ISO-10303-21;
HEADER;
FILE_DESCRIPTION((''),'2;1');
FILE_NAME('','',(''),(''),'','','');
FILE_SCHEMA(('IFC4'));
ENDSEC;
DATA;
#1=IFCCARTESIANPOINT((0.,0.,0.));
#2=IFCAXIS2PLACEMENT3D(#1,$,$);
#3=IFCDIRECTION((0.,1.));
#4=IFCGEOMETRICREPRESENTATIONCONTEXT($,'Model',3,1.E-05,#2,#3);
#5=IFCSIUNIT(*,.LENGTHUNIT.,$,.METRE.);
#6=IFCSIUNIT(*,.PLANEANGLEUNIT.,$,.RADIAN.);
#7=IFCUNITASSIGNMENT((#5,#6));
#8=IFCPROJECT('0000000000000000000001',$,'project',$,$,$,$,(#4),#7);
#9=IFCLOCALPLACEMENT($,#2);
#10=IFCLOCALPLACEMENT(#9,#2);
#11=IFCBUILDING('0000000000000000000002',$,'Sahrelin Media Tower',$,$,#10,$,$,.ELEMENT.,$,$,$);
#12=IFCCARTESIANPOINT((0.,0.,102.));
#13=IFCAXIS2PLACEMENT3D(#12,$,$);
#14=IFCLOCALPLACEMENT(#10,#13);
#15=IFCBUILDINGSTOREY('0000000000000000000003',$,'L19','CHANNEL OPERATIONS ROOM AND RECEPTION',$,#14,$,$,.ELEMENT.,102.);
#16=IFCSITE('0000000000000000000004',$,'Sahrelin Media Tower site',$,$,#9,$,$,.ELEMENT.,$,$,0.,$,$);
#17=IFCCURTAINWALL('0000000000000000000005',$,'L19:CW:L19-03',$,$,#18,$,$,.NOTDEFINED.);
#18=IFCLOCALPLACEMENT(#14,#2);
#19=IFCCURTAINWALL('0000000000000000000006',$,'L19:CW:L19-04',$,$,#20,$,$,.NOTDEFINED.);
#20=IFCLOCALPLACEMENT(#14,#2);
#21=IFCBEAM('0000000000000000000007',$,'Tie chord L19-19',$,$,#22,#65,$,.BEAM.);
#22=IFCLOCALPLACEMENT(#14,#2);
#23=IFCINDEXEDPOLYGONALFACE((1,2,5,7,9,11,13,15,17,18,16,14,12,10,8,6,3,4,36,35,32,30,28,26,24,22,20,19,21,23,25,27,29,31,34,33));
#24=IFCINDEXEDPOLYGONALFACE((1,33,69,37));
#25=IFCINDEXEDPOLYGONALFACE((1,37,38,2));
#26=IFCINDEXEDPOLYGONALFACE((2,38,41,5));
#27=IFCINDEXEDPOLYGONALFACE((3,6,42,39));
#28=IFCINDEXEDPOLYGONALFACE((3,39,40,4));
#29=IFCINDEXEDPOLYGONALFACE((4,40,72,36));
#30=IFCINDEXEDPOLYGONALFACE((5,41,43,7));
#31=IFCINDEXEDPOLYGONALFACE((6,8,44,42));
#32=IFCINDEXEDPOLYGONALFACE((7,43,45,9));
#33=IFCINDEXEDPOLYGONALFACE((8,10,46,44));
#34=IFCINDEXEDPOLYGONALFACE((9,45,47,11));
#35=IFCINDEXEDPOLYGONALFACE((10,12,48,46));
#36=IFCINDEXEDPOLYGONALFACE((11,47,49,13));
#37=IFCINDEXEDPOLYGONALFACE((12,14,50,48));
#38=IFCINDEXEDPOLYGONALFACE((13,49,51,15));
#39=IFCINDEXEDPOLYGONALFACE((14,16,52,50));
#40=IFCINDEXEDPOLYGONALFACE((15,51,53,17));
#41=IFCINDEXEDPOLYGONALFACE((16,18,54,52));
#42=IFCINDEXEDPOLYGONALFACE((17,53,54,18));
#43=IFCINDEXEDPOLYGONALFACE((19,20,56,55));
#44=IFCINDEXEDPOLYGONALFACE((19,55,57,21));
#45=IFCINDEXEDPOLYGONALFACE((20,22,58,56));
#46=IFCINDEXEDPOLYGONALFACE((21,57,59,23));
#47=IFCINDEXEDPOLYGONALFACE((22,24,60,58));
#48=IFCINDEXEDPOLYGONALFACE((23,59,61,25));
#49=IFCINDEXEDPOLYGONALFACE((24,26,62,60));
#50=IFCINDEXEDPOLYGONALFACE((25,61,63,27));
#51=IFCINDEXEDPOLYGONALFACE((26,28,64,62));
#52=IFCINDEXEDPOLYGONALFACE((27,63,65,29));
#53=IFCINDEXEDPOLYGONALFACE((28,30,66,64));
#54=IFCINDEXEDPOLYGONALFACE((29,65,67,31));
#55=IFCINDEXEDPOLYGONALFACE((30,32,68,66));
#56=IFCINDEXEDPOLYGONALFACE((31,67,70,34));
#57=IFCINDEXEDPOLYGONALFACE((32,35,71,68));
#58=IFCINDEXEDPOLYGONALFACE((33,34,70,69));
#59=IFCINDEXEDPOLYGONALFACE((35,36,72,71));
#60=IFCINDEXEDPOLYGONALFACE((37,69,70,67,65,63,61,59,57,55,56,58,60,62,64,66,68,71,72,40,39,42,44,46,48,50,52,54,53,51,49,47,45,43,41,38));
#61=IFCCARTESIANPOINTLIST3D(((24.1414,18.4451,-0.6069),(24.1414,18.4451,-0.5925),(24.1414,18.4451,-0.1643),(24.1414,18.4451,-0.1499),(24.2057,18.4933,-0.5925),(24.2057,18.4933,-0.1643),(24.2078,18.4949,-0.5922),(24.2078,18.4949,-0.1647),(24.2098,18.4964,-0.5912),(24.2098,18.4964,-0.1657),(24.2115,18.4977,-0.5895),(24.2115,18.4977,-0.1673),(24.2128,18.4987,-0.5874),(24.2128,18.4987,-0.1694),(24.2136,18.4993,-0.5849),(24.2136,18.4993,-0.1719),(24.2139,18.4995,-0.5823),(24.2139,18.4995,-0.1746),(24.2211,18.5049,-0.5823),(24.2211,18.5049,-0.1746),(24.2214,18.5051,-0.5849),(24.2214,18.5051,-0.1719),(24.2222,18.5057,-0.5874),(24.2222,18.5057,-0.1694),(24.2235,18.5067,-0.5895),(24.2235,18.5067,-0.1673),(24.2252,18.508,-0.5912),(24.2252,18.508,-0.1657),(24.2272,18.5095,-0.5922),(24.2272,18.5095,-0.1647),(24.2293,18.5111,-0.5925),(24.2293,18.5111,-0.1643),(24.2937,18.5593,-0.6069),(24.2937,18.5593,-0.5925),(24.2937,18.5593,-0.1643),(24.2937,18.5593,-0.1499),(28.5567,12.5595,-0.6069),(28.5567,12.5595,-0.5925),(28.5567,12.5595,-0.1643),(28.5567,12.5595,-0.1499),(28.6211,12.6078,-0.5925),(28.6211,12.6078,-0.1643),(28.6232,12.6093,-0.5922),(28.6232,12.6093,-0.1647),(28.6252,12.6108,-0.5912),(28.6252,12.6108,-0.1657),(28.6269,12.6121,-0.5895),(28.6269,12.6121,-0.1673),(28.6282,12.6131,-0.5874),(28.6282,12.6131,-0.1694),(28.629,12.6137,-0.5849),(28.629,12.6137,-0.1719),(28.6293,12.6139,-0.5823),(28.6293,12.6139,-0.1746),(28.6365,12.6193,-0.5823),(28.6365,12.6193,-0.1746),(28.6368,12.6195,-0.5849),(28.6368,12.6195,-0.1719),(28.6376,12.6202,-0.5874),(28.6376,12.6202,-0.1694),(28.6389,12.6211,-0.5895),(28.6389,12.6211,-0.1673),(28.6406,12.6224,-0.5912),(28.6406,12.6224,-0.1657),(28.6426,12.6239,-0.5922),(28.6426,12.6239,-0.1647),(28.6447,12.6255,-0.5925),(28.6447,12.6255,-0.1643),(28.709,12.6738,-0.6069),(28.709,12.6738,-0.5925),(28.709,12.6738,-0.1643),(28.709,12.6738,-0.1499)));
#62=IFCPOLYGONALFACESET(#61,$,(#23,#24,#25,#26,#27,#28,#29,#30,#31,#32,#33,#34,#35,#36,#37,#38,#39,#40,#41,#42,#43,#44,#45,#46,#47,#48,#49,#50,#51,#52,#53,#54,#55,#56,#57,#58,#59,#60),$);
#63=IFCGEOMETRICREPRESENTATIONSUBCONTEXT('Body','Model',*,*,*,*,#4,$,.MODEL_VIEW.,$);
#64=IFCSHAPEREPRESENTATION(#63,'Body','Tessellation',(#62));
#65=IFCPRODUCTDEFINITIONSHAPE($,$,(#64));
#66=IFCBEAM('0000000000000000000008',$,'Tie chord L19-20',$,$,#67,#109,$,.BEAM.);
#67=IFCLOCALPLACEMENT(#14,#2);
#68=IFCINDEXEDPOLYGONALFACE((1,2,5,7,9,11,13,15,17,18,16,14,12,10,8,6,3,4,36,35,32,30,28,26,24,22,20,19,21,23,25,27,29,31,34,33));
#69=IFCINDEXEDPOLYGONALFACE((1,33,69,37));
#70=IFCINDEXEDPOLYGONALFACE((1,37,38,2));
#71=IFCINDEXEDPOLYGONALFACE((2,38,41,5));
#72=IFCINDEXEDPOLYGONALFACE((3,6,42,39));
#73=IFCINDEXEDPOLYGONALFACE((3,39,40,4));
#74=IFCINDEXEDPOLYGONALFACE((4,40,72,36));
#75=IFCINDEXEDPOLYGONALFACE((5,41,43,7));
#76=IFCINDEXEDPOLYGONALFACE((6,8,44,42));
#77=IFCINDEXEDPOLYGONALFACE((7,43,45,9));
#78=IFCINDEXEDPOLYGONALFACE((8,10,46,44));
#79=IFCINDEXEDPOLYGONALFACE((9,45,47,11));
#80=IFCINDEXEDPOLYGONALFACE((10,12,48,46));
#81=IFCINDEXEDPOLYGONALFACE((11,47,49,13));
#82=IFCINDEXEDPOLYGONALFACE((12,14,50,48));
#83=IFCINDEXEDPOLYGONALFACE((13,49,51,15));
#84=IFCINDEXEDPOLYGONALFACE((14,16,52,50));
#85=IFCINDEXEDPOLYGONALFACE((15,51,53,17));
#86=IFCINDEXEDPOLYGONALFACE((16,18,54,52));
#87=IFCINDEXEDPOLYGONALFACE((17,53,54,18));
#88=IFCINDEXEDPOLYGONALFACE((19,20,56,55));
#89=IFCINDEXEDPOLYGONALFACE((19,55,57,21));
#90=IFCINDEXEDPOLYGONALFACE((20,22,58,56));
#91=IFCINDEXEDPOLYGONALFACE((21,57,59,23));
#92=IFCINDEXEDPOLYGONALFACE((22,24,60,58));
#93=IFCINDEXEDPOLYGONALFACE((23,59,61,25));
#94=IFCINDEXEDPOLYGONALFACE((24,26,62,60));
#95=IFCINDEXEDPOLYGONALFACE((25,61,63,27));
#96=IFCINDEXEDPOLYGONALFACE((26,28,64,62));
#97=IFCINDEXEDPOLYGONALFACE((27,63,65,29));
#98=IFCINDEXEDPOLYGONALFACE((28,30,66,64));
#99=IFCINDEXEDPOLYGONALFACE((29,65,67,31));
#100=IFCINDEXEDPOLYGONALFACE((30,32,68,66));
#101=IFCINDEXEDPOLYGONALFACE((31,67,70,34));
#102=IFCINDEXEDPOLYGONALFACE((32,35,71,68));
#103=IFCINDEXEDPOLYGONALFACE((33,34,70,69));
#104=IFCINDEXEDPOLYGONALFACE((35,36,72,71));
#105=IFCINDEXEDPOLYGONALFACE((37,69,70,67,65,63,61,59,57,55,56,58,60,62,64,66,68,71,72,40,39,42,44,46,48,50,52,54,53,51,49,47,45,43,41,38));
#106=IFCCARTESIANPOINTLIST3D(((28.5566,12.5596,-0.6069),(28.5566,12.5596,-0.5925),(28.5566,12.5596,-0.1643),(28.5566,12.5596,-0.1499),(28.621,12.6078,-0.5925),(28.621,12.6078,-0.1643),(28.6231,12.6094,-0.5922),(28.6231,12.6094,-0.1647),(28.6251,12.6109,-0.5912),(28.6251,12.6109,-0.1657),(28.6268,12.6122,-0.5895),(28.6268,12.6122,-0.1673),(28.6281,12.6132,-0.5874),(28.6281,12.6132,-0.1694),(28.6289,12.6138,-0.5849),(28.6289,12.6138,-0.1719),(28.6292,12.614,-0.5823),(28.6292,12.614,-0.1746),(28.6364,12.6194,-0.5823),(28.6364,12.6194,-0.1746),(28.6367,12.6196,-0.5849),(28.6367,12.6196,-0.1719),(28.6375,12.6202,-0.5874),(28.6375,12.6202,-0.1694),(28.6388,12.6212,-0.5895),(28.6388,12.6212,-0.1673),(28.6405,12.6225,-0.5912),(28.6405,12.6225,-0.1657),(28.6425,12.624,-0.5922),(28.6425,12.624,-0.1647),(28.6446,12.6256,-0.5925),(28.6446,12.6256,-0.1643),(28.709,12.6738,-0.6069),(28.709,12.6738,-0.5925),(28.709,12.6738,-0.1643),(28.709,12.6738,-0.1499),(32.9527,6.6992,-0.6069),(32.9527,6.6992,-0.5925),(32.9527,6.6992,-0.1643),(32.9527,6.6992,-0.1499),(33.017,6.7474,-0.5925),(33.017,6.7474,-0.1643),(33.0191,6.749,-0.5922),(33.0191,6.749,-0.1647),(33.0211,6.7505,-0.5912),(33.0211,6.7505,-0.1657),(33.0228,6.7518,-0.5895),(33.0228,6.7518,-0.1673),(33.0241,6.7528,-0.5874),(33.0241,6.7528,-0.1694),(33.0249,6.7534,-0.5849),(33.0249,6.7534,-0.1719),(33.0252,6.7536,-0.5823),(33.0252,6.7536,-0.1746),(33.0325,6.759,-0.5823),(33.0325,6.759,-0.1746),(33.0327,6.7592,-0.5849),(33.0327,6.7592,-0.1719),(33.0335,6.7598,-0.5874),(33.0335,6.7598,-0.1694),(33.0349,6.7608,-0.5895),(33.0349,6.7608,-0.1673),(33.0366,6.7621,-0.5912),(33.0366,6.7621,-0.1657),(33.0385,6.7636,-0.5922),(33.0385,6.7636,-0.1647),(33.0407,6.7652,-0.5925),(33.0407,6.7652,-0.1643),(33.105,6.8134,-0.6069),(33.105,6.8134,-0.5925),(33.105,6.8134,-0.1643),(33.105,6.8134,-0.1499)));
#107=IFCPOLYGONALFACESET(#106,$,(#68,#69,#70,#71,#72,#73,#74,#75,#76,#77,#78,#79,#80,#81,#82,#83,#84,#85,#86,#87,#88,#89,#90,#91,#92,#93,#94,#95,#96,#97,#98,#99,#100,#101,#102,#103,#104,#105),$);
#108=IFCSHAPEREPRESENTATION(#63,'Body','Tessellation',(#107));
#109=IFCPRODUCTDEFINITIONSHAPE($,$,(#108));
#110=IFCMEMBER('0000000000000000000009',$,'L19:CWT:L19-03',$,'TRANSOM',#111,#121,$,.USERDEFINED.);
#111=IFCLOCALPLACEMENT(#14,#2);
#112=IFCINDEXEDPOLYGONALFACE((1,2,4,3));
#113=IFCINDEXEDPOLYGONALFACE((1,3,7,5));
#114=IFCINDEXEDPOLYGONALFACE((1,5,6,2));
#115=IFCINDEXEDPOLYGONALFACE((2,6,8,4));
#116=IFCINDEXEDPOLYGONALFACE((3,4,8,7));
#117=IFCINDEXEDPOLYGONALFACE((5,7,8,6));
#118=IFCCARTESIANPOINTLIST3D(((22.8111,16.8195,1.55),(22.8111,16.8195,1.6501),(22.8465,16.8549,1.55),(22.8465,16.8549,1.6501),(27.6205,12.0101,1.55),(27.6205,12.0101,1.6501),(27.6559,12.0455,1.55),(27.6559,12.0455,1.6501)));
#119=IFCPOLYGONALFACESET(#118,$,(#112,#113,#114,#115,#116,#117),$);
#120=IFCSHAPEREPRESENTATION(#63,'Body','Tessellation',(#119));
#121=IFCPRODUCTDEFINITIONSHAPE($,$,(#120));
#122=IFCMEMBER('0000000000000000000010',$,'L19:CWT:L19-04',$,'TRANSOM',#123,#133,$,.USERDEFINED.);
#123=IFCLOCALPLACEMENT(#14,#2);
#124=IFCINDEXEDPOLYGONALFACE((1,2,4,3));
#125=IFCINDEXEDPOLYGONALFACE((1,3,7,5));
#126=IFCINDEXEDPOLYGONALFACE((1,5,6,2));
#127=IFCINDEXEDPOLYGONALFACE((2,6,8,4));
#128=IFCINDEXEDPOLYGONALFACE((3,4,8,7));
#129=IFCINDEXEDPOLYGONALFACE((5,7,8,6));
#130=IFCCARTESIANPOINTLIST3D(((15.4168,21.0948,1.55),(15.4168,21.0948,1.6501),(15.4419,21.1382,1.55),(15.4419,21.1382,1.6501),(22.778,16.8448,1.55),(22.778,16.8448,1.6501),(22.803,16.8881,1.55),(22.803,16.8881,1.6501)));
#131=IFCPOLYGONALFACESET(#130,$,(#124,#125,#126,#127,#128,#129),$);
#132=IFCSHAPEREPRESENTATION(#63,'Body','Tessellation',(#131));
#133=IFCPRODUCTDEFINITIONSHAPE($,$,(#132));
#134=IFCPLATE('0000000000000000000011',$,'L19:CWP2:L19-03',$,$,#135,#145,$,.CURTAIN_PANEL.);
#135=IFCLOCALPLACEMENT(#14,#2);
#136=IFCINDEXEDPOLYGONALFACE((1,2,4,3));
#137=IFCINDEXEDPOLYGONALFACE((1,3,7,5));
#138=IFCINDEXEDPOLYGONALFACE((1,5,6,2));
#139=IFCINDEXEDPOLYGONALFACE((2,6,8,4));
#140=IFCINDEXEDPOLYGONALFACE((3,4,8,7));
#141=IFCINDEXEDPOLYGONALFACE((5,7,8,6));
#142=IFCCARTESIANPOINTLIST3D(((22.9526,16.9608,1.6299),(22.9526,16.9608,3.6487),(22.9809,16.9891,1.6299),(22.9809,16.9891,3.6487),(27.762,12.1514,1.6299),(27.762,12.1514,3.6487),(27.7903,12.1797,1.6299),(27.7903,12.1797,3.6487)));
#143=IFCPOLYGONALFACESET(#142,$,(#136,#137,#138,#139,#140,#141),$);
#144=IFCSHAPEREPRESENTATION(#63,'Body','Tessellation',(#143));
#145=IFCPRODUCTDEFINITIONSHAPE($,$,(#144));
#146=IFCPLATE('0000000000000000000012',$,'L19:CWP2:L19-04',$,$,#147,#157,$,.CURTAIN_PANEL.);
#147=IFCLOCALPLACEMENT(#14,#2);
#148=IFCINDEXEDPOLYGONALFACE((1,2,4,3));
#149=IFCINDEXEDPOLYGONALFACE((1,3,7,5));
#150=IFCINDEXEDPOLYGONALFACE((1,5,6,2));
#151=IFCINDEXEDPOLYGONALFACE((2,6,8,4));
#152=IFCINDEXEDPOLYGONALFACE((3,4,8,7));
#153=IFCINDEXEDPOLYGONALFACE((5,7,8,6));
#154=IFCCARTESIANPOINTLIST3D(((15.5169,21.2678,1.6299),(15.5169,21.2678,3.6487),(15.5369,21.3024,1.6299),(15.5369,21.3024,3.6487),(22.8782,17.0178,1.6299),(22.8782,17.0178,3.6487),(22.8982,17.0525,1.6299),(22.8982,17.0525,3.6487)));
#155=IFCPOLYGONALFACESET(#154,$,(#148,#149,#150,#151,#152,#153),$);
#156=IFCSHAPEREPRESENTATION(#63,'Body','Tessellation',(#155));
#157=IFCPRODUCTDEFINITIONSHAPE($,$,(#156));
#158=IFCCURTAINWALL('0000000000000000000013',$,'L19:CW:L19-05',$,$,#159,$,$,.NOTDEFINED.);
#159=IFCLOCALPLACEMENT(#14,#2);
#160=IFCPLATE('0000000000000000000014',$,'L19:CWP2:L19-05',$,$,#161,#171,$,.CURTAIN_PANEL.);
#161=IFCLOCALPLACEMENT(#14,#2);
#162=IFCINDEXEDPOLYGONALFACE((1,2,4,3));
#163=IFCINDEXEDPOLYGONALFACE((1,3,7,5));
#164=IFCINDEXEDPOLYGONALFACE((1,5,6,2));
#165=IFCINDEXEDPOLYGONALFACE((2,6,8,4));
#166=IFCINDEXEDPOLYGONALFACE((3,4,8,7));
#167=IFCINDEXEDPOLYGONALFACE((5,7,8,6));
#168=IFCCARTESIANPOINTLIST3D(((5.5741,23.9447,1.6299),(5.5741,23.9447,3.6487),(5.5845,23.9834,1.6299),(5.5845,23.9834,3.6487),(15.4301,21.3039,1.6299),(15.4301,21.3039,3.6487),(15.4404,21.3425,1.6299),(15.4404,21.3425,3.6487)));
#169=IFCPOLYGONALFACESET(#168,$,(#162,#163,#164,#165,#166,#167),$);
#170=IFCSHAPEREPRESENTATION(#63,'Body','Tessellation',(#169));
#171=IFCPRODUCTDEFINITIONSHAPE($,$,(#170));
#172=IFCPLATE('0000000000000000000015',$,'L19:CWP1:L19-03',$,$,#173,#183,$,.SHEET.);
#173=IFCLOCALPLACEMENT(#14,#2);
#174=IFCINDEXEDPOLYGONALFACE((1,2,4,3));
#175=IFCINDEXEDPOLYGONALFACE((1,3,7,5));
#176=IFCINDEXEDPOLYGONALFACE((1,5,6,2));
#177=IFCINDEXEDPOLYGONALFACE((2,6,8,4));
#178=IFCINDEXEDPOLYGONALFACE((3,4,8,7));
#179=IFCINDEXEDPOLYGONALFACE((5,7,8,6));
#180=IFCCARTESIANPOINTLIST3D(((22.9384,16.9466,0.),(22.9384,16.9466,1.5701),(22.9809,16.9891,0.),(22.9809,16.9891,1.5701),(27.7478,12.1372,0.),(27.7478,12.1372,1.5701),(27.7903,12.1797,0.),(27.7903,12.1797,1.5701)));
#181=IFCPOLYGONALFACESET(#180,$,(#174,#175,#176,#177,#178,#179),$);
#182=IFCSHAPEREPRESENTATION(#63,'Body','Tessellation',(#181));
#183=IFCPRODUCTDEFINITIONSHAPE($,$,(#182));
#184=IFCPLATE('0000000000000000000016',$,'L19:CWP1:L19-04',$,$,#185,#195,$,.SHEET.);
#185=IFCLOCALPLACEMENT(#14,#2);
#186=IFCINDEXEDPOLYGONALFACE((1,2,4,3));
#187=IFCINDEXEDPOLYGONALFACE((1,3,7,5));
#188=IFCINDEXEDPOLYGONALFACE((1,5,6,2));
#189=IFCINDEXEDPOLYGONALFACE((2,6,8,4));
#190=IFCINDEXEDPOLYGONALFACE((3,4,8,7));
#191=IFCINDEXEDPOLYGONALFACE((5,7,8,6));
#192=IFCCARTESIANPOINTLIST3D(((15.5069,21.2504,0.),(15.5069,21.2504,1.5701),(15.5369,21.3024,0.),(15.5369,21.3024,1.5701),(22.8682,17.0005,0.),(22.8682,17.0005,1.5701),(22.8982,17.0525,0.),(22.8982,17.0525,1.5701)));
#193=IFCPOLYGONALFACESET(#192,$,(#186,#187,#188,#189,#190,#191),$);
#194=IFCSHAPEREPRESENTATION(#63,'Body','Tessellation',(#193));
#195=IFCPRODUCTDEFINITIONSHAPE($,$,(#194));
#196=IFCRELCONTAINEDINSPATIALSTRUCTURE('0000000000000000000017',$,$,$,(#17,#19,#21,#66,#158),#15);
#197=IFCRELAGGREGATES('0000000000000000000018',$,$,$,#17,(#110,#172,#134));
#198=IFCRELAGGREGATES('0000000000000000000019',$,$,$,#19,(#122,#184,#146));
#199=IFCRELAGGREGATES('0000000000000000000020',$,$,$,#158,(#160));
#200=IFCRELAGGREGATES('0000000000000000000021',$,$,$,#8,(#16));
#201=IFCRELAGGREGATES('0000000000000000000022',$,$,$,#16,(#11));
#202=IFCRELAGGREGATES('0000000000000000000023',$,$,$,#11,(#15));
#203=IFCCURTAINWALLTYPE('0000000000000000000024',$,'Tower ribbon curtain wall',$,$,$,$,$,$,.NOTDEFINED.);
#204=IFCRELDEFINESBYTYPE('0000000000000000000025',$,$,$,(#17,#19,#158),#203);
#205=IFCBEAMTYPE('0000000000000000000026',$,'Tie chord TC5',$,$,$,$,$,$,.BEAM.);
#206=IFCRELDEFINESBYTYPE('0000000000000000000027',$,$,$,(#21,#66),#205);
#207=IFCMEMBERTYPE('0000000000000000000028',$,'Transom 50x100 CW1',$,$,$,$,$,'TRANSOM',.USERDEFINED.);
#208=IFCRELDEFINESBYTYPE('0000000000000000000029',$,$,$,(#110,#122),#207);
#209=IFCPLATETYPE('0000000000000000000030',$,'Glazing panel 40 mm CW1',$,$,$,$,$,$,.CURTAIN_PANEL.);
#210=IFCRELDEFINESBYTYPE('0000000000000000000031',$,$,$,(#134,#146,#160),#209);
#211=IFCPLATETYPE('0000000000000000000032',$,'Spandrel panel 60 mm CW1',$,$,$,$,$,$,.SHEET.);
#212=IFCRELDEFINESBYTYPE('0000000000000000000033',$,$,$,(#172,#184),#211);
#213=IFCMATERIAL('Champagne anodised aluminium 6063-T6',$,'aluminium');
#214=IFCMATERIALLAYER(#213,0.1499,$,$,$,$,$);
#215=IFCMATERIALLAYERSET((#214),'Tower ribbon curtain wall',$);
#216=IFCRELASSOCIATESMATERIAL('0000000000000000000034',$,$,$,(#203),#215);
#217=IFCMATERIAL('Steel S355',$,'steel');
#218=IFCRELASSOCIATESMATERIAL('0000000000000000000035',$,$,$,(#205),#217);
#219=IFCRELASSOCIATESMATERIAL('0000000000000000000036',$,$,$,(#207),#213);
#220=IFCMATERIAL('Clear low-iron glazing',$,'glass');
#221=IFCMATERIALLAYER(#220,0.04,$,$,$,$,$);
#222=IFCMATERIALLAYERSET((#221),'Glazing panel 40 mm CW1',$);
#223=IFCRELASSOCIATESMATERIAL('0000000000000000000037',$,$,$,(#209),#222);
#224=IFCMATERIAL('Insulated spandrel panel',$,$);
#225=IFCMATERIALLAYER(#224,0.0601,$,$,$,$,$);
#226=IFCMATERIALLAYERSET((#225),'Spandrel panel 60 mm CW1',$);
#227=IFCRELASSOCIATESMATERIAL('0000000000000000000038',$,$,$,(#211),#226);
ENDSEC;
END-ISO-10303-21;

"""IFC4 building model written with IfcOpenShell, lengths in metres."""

from ifc_helpers import new_model, si_unit, direction, frame, origin, origin_2d, place, context, subcontext, project, spatial, polyline, rectangle, i_section, outline, extrude, material, layer, layer_set, material_profile, profile_set, type_object, element, aggregate, save


model = new_model("IFC4")

# Units and contexts
model_context = context("Model", 3, precision=1e-05, world=origin(), true_north=direction((0.0, 1.0)))
body_context = subcontext(model_context, "Body", "Model", "MODEL_VIEW")
ifc_project = project(units=[si_unit("LENGTHUNIT", "METRE"), si_unit("PLANEANGLEUNIT", "RADIAN")], contexts=[model_context])

# Site, building, storey
site_placement = place(None, origin())
site = spatial("IfcSite", under=ifc_project, at=site_placement, Name="Sahrelin Media Tower site", CompositionType="ELEMENT", RefElevation=0.0)
building_placement = place(site_placement, origin())
building = spatial("IfcBuilding", under=site, at=building_placement, Name="Sahrelin Media Tower", CompositionType="ELEMENT")
storey_placement = place(building_placement, frame((0.0, 0.0, 102.0)))
storey = spatial("IfcBuildingStorey", under=building, at=storey_placement, Name="L19", Description="CHANNEL OPERATIONS ROOM AND RECEPTION", CompositionType="ELEMENT", Elevation=102.0)

# Shared definitions
ifc_material_1 = material(Name="Steel S355", Category="steel")

# Curtain walls
ifc_material_2 = material(Name="Champagne anodised aluminium 6063-T6", Category="aluminium")
ifc_layer_1 = layer(ifc_material_2, 0.1499)
ifc_layer_set_1 = layer_set([ifc_layer_1], Name="Tower ribbon curtain wall")
curtain_wall_type = type_object("IfcCurtainWallType", Name="Tower ribbon curtain wall", PredefinedType="NOTDEFINED", material=ifc_layer_set_1)
curtain_wall_1_placement = place(storey_placement, frame((25.3713, 14.5703, 0.0), z_axis=(0.0, 0.0, 1.0), x_axis=(1.0, 0.0, 0.0)))
curtain_wall_1 = element("IfcCurtainWall", 1, at=curtain_wall_1_placement, inside=storey, type_object=curtain_wall_type, Name="L19:CW:L19-03", PredefinedType="NOTDEFINED")
curtain_wall_2_placement = place(storey_placement, frame((19.2075, 19.1604, 0.0), z_axis=(0.0, 0.0, 1.0), x_axis=(1.0, 0.0, 0.0)))
curtain_wall_2 = element("IfcCurtainWall", 2, at=curtain_wall_2_placement, inside=storey, type_object=curtain_wall_type, Name="L19:CW:L19-04", PredefinedType="NOTDEFINED")

# Beams
ifc_material_profile_1 = material_profile(ifc_material_1, i_section(OverallWidth=0.1904, OverallDepth=0.457, WebThickness=0.009, FlangeThickness=0.0144, FilletRadius=0.0103, at=origin_2d()), Name="UB 457x191x74")
ifc_profile_set_1 = profile_set([ifc_material_profile_1], Name="Steel S355")
beam_type_1 = type_object("IfcBeamType", Name="Tie chord TC5", PredefinedType="BEAM", material=ifc_profile_set_1)
beam_1_placement = place(storey_placement, frame((24.2175, 18.5022, -0.3784), z_axis=(0.600101, -0.799924, 0.0), x_axis=(0.799924, 0.600101, 0.0)))
element("IfcBeam", 3, at=beam_1_placement, inside=storey, type_object=beam_type_1, Name="Tie chord L19-19", PredefinedType="BEAM", context=body_context, shape_type="SweptSolid", body=[
    extrude(i_section(OverallWidth=0.1904, OverallDepth=0.457, WebThickness=0.009, FlangeThickness=0.0144, FilletRadius=0.0103, at=origin_2d()), origin(), (0.0, 0.0, 1.0), 7.3577),
])
beam_2_placement = place(storey_placement, frame((28.6328, 12.6167, -0.3784), z_axis=(0.600064, -0.799952, 0.0), x_axis=(0.799952, 0.600064, 0.0)))
element("IfcBeam", 4, at=beam_2_placement, inside=storey, type_object=beam_type_1, Name="Tie chord L19-20", PredefinedType="BEAM", context=body_context, shape_type="SweptSolid", body=[
    extrude(i_section(OverallWidth=0.1904, OverallDepth=0.457, WebThickness=0.009, FlangeThickness=0.0144, FilletRadius=0.0103, at=origin_2d()), origin(), (0.0, 0.0, 1.0), 7.3259),
])

# Members
ifc_material_profile_2 = material_profile(ifc_material_2, rectangle(XDim=0.05, YDim=0.1001, at=origin_2d()), Name="Transom 50x100")
ifc_profile_set_2 = profile_set([ifc_material_profile_2], Name="Champagne anodised aluminium 6063-T6")
member_type_1 = type_object("IfcMemberType", Name="Transom 50x100 CW1", ElementType="TRANSOM", PredefinedType="USERDEFINED", material=ifc_profile_set_2)
member_1_placement = place(storey_placement, frame((27.6382, 12.0278, 1.6001), z_axis=(-0.707107, 0.707107, 0.0), x_axis=(-0.707107, -0.707107, 0.0)))
member_1 = element("IfcMember", 5, at=member_1_placement, type_object=member_type_1, Name="L19:CWT:L19-03", ObjectType="TRANSOM", PredefinedType="USERDEFINED", context=body_context, shape_type="SweptSolid", body=[
    extrude(rectangle(XDim=0.05, YDim=0.1001, at=origin_2d()), origin(), (0.0, 0.0, 1.0), 6.8015),
])
member_2_placement = place(storey_placement, frame((22.7905, 16.8665, 1.6001), z_axis=(-0.866022, 0.500007, 0.0), x_axis=(-0.500007, -0.866022, 0.0)))
member_2 = element("IfcMember", 6, at=member_2_placement, type_object=member_type_1, Name="L19:CWT:L19-04", ObjectType="TRANSOM", PredefinedType="USERDEFINED", context=body_context, shape_type="SweptSolid", body=[
    extrude(rectangle(XDim=0.05, YDim=0.1001, at=origin_2d()), origin(), (0.0, 0.0, 1.0), 8.5),
])

# Plates
ifc_material_3 = material(Name="Clear low-iron glazing", Category="glass")
ifc_layer_2 = layer(ifc_material_3, 0.04)
ifc_layer_set_2 = layer_set([ifc_layer_2], Name="Glazing panel 40 mm CW1")
plate_type_1 = type_object("IfcPlateType", Name="Glazing panel 40 mm CW1", PredefinedType="CURTAIN_PANEL", material=ifc_layer_set_2)
plate_1_placement = place(storey_placement, frame((27.7903, 12.1797, 1.6299), z_axis=(0.707107, 0.707107, 0.0), x_axis=(-0.707107, 0.707107, 0.0)))
plate_1 = element("IfcPlate", 7, at=plate_1_placement, type_object=plate_type_1, Name="L19:CWP2:L19-03", PredefinedType="CURTAIN_PANEL", context=body_context, shape_type="SweptSolid", body=[
    extrude(outline(polyline([(0.0, 0.0), (6.8015, 0.0), (6.8015, 2.0188), (0.0, 2.0188), (0.0, 0.0)])), origin(), (0.0, 0.0, -1.0), 0.04),
])
plate_2_placement = place(storey_placement, frame((22.8982, 17.0525, 1.6299), z_axis=(0.499994, 0.866029, 0.0), x_axis=(-0.866029, 0.499994, 0.0)))
plate_2 = element("IfcPlate", 8, at=plate_2_placement, type_object=plate_type_1, Name="L19:CWP2:L19-04", PredefinedType="CURTAIN_PANEL", context=body_context, shape_type="SweptSolid", body=[
    extrude(outline(polyline([(0.0, 0.0), (8.5, 0.0), (8.5, 2.0188), (0.0, 2.0188), (0.0, 0.0)])), origin(), (0.0, 0.0, -1.0), 0.04),
])

# Curtain wall, plate
curtain_wall_3_placement = place(storey_placement, frame((10.5071, 22.6438, 0.0), z_axis=(0.0, 0.0, 1.0), x_axis=(1.0, 0.0, 0.0)))
curtain_wall_3 = element("IfcCurtainWall", 9, at=curtain_wall_3_placement, inside=storey, type_object=curtain_wall_type, Name="L19:CW:L19-05", PredefinedType="NOTDEFINED")
plate_3_placement = place(storey_placement, frame((15.4404, 21.3425, 1.6299), z_axis=(0.258817, 0.965926, 0.0), x_axis=(-0.965926, 0.258817, 0.0)))
plate_3 = element("IfcPlate", 10, at=plate_3_placement, type_object=plate_type_1, Name="L19:CWP2:L19-05", PredefinedType="CURTAIN_PANEL", context=body_context, shape_type="SweptSolid", body=[
    extrude(outline(polyline([(0.0, 0.0), (10.2036, 0.0), (10.2036, 2.0188), (0.0, 2.0188), (0.0, 0.0)])), origin(), (0.0, 0.0, -1.0), 0.04),
])

# Plates
ifc_material_4 = material(Name="Insulated spandrel panel")
ifc_layer_3 = layer(ifc_material_4, 0.0601)
ifc_layer_set_3 = layer_set([ifc_layer_3], Name="Spandrel panel 60 mm CW1")
plate_type_2 = type_object("IfcPlateType", Name="Spandrel panel 60 mm CW1", PredefinedType="SHEET", material=ifc_layer_set_3)
plate_4_placement = place(storey_placement, frame((27.7903, 12.1797, 0.0), z_axis=(0.707107, 0.707107, 0.0), x_axis=(-0.707107, 0.707107, 0.0)))
plate_4 = element("IfcPlate", 11, at=plate_4_placement, type_object=plate_type_2, Name="L19:CWP1:L19-03", PredefinedType="SHEET", context=body_context, shape_type="SweptSolid", body=[
    extrude(outline(polyline([(0.0, 0.0), (6.8015, 0.0), (6.8015, 1.5701), (0.0, 1.5701), (0.0, 0.0)])), origin(), (0.0, 0.0, -1.0), 0.0601),
])
aggregate(curtain_wall_1, [member_1, plate_4, plate_1])
plate_5_placement = place(storey_placement, frame((22.8982, 17.0525, 0.0), z_axis=(0.499994, 0.866029, 0.0), x_axis=(-0.866029, 0.499994, 0.0)))
plate_5 = element("IfcPlate", 12, at=plate_5_placement, type_object=plate_type_2, Name="L19:CWP1:L19-04", PredefinedType="SHEET", context=body_context, shape_type="SweptSolid", body=[
    extrude(outline(polyline([(0.0, 0.0), (8.5, 0.0), (8.5, 1.5701), (0.0, 1.5701), (0.0, 0.0)])), origin(), (0.0, 0.0, -1.0), 0.0601),
])
aggregate(curtain_wall_2, [member_2, plate_5, plate_2])
aggregate(curtain_wall_3, [plate_3])

save(model, "model.ifc")
